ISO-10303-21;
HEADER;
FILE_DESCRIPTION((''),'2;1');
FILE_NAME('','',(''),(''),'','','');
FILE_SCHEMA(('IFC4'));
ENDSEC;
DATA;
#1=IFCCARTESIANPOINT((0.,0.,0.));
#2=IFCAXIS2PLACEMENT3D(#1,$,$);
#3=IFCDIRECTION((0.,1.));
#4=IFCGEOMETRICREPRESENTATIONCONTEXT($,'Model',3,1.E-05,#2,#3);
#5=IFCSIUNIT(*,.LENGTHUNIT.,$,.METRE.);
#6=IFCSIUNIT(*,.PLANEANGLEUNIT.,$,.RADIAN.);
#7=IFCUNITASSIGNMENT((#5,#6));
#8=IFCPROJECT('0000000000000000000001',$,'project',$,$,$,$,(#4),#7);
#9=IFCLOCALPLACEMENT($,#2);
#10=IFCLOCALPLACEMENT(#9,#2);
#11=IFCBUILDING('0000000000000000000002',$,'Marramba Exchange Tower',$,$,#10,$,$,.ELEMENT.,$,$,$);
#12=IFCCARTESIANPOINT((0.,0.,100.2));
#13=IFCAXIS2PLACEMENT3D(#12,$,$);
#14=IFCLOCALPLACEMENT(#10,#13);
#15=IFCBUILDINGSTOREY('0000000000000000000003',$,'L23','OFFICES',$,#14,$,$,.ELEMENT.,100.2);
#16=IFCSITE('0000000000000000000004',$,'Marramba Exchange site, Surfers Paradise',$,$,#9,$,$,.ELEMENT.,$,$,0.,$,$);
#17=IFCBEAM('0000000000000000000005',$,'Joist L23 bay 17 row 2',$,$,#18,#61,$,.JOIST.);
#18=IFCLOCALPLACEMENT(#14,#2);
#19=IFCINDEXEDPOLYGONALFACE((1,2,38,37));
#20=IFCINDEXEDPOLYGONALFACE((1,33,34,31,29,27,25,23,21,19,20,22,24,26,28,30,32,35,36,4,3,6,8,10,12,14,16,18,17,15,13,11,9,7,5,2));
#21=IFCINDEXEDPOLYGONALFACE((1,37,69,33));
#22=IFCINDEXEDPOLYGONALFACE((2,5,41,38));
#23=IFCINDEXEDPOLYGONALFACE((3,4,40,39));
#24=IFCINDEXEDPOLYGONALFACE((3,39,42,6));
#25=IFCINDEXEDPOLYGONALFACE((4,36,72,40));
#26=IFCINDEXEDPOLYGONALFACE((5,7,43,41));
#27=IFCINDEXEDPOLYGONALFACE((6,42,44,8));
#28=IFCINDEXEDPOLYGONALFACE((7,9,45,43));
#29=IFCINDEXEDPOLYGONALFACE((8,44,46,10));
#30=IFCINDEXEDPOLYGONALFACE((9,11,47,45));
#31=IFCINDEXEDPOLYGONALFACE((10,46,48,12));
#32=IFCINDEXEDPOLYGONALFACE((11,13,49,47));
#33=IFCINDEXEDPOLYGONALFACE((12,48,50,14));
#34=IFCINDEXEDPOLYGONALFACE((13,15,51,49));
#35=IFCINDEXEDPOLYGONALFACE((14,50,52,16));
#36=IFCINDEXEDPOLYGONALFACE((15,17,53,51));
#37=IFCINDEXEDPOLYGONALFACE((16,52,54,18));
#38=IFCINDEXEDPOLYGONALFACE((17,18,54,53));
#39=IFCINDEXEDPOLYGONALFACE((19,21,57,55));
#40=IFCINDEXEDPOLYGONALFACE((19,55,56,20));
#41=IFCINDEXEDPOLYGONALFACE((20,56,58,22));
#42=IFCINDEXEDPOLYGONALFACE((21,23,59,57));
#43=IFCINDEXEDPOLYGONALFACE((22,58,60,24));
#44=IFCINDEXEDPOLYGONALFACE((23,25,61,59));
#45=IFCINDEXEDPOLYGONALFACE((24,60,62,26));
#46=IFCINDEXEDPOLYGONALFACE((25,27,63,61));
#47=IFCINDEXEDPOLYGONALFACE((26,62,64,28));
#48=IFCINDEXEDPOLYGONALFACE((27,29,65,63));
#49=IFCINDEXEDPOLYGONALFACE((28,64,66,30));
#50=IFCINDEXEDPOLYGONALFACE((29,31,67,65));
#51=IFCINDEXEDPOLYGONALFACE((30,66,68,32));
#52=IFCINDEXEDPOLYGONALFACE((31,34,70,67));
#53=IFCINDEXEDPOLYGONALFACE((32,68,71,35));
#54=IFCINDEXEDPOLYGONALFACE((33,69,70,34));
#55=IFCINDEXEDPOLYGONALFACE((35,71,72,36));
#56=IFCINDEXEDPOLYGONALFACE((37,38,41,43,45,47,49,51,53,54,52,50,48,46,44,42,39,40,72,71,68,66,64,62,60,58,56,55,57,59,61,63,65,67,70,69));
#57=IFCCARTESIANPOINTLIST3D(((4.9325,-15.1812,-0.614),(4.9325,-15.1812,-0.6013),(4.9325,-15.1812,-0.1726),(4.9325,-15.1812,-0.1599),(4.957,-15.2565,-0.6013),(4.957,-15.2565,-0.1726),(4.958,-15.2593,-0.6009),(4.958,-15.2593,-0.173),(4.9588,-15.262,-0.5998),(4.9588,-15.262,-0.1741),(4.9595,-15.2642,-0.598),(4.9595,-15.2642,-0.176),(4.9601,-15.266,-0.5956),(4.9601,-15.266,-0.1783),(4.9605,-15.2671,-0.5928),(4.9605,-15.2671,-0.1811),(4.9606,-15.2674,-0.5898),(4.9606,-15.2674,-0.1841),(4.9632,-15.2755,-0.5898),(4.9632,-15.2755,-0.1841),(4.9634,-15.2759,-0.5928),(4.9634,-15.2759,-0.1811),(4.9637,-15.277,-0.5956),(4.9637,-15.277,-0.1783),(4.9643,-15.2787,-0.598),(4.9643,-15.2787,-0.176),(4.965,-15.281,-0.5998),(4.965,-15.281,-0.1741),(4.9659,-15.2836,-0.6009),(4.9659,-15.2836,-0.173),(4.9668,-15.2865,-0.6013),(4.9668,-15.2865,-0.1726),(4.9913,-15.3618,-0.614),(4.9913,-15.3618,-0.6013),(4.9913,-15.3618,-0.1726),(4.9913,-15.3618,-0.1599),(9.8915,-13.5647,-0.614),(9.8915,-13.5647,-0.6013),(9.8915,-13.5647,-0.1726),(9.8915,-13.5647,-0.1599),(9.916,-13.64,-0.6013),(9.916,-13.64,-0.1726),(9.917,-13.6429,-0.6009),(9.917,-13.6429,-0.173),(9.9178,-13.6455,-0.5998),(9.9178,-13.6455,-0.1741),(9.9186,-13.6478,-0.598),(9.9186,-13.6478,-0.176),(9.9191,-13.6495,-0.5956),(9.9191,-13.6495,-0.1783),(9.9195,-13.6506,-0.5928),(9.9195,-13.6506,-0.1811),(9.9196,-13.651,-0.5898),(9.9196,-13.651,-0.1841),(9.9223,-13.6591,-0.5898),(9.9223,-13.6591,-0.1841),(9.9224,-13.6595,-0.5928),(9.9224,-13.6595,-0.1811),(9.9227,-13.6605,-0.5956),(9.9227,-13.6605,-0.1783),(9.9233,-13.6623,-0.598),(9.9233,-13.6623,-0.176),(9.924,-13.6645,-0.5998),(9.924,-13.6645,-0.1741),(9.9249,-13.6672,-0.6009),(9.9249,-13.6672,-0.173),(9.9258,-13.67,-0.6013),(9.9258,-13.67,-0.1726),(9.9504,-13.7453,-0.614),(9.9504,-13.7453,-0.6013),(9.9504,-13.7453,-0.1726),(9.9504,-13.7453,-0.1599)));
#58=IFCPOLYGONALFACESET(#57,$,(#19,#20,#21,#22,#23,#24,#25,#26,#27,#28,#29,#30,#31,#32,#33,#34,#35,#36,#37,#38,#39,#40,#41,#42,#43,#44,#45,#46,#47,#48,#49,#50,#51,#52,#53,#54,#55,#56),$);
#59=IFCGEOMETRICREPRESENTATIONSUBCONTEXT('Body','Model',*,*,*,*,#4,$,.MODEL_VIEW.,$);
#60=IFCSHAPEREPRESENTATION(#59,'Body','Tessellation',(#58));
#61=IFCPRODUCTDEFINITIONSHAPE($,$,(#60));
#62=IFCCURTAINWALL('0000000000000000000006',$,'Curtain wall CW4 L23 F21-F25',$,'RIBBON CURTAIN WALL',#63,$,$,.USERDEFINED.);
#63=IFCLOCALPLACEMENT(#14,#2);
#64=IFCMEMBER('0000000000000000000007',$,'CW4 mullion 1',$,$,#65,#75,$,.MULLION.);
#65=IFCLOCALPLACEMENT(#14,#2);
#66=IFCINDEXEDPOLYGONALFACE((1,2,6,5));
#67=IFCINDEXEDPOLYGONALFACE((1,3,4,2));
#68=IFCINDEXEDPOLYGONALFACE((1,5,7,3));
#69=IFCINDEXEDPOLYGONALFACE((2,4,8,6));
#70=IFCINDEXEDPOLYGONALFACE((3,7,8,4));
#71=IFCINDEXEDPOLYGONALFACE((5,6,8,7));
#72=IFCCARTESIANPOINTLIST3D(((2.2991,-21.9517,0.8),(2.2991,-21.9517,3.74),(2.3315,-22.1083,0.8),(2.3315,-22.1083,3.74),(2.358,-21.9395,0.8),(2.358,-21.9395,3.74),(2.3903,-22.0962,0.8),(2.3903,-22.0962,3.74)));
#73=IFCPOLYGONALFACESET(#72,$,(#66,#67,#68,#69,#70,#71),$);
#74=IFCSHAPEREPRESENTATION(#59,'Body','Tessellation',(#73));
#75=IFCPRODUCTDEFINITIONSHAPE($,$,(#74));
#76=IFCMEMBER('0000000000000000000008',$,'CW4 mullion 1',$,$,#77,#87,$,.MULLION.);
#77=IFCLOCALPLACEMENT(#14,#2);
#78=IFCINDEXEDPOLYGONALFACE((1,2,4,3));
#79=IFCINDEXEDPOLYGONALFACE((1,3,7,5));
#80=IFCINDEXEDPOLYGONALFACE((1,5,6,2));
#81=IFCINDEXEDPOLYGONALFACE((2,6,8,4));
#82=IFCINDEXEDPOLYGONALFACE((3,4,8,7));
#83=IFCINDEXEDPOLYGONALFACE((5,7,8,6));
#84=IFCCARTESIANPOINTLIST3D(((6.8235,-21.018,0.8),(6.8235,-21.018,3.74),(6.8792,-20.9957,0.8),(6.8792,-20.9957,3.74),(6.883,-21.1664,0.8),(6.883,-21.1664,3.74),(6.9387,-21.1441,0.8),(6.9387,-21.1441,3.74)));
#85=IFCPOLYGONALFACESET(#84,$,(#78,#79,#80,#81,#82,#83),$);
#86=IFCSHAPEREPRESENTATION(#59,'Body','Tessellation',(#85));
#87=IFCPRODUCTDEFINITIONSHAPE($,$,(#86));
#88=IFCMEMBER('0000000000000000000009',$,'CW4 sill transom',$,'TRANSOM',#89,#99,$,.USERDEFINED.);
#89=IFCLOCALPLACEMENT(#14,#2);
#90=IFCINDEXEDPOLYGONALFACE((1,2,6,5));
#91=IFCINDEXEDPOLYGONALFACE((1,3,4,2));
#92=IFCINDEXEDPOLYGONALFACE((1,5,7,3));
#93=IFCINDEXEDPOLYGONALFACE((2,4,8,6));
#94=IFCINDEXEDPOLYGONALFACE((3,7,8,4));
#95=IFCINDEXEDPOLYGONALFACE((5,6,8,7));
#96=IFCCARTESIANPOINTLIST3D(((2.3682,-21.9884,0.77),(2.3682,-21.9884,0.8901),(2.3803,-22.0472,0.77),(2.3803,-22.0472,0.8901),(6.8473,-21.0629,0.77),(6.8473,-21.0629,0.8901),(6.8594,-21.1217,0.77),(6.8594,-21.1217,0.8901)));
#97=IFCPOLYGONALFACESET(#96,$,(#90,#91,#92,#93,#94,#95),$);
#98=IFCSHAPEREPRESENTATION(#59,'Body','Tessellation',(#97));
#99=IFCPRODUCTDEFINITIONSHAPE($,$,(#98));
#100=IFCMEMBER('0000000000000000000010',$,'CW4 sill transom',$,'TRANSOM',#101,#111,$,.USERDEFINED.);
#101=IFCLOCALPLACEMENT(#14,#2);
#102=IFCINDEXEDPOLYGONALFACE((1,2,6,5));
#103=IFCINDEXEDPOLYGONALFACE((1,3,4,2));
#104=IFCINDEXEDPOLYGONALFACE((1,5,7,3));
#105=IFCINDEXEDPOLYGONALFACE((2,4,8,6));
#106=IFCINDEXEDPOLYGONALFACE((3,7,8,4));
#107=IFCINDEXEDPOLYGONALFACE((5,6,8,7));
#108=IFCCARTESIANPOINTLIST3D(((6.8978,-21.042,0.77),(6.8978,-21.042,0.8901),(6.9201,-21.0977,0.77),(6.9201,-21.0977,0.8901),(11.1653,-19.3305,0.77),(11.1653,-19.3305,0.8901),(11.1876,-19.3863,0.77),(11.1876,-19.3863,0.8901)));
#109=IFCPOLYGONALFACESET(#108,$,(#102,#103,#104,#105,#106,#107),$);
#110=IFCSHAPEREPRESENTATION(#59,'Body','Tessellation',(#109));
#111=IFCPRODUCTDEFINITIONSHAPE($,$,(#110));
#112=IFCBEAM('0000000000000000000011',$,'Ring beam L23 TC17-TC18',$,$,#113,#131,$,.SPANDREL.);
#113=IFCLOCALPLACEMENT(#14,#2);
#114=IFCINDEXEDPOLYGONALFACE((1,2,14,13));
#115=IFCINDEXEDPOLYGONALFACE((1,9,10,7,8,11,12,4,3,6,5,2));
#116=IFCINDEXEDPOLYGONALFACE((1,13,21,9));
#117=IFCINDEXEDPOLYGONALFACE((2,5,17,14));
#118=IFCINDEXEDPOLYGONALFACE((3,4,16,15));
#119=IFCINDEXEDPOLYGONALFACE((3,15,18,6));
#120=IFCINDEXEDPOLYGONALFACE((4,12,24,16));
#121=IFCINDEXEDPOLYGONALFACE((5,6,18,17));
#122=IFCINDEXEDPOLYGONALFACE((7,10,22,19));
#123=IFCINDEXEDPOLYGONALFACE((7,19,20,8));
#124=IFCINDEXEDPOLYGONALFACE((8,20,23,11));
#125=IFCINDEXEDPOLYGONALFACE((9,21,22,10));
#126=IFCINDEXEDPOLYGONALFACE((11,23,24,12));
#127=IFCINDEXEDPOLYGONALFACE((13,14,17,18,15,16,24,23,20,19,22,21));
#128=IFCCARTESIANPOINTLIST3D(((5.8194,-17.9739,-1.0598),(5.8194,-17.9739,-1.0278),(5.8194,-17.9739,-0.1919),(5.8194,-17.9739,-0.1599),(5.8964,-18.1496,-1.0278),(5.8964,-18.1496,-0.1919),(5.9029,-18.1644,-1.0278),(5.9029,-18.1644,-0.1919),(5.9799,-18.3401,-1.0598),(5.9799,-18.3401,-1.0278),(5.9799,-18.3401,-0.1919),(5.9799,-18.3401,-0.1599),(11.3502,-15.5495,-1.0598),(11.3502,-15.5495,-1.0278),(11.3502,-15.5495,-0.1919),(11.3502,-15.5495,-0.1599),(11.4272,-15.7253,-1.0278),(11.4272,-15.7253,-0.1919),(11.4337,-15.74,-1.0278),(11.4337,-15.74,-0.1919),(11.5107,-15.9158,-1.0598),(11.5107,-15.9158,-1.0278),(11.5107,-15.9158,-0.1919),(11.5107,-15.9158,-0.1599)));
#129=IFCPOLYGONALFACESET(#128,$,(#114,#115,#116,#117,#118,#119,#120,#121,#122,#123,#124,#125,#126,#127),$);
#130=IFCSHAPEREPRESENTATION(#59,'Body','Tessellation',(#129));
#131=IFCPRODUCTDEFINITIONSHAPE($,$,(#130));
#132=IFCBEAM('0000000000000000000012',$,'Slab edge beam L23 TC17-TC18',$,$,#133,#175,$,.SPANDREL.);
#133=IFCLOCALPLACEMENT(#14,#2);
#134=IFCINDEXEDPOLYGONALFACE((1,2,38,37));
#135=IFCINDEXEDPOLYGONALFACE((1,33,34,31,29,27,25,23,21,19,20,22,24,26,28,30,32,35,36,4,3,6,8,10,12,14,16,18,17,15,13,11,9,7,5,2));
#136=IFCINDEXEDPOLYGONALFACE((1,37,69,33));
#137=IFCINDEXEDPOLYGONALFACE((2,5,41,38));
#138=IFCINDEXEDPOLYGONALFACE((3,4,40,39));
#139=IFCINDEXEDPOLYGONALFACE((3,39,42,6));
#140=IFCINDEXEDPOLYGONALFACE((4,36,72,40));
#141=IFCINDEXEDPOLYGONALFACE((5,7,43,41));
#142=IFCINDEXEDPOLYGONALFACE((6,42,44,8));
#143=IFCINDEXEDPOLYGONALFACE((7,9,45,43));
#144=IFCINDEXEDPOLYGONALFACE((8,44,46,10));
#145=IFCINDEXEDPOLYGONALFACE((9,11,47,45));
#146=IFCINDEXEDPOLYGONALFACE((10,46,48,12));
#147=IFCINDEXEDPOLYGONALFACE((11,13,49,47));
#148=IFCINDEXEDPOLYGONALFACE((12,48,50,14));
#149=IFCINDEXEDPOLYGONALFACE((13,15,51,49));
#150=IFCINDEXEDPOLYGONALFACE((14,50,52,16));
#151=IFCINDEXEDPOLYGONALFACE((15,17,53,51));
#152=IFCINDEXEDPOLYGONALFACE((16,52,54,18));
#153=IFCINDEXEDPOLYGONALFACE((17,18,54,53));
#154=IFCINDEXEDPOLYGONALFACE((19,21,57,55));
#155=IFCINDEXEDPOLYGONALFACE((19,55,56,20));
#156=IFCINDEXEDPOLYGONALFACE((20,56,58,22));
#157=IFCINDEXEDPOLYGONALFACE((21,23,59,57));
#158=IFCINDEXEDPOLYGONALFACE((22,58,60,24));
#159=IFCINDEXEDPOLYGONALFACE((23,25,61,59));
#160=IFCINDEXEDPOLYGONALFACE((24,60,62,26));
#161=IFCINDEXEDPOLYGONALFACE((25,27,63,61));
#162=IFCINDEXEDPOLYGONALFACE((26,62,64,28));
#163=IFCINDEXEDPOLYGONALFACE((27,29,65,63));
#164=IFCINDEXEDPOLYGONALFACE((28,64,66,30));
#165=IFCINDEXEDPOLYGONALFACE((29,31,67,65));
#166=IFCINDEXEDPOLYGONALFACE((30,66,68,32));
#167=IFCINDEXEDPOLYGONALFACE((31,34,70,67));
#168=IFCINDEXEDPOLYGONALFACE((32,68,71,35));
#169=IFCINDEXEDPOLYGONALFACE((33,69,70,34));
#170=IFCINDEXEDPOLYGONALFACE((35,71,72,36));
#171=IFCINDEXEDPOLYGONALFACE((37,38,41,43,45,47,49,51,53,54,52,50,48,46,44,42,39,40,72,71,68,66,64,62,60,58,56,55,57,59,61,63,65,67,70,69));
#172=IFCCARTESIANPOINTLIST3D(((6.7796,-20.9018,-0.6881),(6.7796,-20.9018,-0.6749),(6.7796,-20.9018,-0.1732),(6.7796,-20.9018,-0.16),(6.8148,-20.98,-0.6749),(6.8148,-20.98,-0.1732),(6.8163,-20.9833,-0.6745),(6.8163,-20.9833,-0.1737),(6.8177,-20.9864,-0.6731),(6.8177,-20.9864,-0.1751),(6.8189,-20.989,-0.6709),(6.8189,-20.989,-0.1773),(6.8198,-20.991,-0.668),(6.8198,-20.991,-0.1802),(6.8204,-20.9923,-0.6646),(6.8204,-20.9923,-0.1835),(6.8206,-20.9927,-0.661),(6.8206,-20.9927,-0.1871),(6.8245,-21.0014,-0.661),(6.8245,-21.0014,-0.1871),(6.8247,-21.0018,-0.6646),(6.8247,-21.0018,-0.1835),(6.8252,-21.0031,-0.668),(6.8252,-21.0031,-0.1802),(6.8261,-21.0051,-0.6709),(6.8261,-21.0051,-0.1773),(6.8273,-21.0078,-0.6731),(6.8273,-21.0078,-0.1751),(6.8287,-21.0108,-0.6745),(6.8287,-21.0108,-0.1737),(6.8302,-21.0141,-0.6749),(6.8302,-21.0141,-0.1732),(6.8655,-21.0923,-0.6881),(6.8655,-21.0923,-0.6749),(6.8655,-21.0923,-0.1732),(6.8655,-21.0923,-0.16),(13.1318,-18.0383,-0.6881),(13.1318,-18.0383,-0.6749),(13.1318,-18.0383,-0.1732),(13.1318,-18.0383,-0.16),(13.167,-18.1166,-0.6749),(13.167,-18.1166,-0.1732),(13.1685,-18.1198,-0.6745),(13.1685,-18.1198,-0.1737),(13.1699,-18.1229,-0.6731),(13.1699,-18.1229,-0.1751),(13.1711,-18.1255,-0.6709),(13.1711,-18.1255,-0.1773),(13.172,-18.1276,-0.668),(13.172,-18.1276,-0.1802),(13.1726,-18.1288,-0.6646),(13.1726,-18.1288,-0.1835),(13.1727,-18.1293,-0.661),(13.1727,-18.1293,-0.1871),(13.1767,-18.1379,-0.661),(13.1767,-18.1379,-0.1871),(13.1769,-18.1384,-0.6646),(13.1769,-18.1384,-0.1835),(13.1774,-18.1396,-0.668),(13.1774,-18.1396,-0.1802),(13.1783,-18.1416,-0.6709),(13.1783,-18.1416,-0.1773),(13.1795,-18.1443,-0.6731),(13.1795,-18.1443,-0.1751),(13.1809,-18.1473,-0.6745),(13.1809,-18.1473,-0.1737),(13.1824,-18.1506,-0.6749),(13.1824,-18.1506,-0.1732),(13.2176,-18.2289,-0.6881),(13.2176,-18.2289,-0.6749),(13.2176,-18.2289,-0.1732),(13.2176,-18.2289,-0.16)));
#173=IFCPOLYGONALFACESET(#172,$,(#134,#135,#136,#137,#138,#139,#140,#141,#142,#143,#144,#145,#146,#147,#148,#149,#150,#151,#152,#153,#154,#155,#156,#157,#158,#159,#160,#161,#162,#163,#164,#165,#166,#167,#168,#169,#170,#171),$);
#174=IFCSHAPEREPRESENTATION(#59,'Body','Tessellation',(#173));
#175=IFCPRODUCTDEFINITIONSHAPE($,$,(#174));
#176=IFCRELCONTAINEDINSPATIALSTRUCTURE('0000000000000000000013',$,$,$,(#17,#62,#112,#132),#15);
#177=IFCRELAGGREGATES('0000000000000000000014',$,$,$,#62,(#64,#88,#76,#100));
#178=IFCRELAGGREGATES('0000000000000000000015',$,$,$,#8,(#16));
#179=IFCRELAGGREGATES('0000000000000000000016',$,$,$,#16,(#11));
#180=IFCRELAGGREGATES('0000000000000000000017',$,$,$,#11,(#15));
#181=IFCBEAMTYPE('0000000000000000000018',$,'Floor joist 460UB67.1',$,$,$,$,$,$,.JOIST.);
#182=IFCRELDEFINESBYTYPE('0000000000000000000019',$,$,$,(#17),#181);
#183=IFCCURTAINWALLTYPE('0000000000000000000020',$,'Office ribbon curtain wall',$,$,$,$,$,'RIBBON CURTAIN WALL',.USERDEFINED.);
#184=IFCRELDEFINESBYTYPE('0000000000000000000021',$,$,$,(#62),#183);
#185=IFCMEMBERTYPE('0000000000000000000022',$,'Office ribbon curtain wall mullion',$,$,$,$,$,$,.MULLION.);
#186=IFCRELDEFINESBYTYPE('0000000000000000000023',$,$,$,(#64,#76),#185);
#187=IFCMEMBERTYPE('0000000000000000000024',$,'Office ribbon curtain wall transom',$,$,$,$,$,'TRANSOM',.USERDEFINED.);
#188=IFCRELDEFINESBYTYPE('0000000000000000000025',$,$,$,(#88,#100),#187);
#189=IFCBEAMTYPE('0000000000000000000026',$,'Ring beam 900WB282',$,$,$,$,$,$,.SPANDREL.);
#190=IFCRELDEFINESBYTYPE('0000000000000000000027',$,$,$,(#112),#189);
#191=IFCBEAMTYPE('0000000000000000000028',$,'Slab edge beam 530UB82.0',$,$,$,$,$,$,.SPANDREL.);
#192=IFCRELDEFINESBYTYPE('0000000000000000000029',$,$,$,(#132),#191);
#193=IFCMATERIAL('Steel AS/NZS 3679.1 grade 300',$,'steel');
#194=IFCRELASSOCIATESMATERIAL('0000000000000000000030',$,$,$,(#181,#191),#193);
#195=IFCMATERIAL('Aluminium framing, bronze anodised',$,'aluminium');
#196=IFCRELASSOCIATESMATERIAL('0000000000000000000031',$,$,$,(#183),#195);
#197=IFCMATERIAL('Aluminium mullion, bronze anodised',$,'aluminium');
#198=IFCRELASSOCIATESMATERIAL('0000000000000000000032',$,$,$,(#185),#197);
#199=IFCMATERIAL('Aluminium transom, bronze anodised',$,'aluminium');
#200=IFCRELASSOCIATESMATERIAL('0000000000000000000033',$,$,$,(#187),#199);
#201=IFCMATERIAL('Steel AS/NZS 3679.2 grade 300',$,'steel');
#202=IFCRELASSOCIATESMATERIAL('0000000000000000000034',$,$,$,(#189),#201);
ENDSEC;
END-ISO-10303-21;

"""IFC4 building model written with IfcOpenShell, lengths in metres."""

from ifc_helpers import new_model, si_unit, direction, frame, origin, origin_2d, place, context, subcontext, project, spatial, rectangle, i_section, extrude, material, material_profile, profile_set, type_object, element, aggregate, save


model = new_model("IFC4")

# Units and contexts
model_context = context("Model", 3, precision=1e-05, world=origin(), true_north=direction((0.0, 1.0)))
body_context = subcontext(model_context, "Body", "Model", "MODEL_VIEW")
ifc_project = project(units=[si_unit("LENGTHUNIT", "METRE"), si_unit("PLANEANGLEUNIT", "RADIAN")], contexts=[model_context])

# Site, building, storey
site_placement = place(None, origin())
site = spatial("IfcSite", under=ifc_project, at=site_placement, Name="Marramba Exchange site, Surfers Paradise", CompositionType="ELEMENT", RefElevation=0.0)
building_placement = place(site_placement, origin())
building = spatial("IfcBuilding", under=site, at=building_placement, Name="Marramba Exchange Tower", CompositionType="ELEMENT")
storey_placement = place(building_placement, frame((0.0, 0.0, 100.2)))
storey = spatial("IfcBuildingStorey", under=building, at=storey_placement, Name="L23", Description="OFFICES", CompositionType="ELEMENT", Elevation=100.2)

# Beam
ifc_material_1 = material(Name="Steel AS/NZS 3679.2 grade 300", Category="steel")
ifc_material_2 = material(Name="Steel AS/NZS 3679.1 grade 300", Category="steel")
ifc_material_profile_1 = material_profile(ifc_material_2, i_section(OverallWidth=0.1899, OverallDepth=0.4541, WebThickness=0.0085, FlangeThickness=0.0127, FilletRadius=0.0115, at=origin_2d()), Name="460UB67.1")
ifc_profile_set_1 = profile_set([ifc_material_profile_1], Name="Steel AS/NZS 3679.1 grade 300")
beam_type_1 = type_object("IfcBeamType", Name="Floor joist 460UB67.1", PredefinedType="JOIST", material=ifc_profile_set_1)
beam_1_placement = place(storey_placement, frame((4.9619, -15.2715, -0.387), z_axis=(0.950764, 0.309916, 0.0), x_axis=(-0.309916, 0.950764, 0.0)))
element("IfcBeam", 1, at=beam_1_placement, inside=storey, type_object=beam_type_1, Name="Joist L23 bay 17 row 2", PredefinedType="JOIST", context=body_context, shape_type="SweptSolid", body=[
    extrude(i_section(OverallWidth=0.1899, OverallDepth=0.4541, WebThickness=0.0085, FlangeThickness=0.0127, FilletRadius=0.0115, at=origin_2d()), origin(), (0.0, 0.0, 1.0), 5.2158),
])

# Curtain wall, members
ifc_material_3 = material(Name="Aluminium framing, bronze anodised", Category="aluminium")
curtain_wall_type = type_object("IfcCurtainWallType", Name="Office ribbon curtain wall", ElementType="RIBBON CURTAIN WALL", PredefinedType="USERDEFINED", material=ifc_material_3)
curtain_wall_placement = place(storey_placement, origin())
curtain_wall = element("IfcCurtainWall", 2, at=curtain_wall_placement, inside=storey, type_object=curtain_wall_type, Name="Curtain wall CW4 L23 F21-F25", ObjectType="RIBBON CURTAIN WALL", PredefinedType="USERDEFINED")
ifc_material_4 = material(Name="Aluminium mullion, bronze anodised", Category="aluminium")
ifc_material_profile_2 = material_profile(ifc_material_4, rectangle(XDim=0.1599, YDim=0.0601, at=origin_2d()), Name="CW4 mullion 60x160")
ifc_profile_set_2 = profile_set([ifc_material_profile_2], Name="Aluminium mullion, bronze anodised")
member_type_1 = type_object("IfcMemberType", Name="Office ribbon curtain wall mullion", PredefinedType="MULLION", material=ifc_profile_set_2)
member_1_placement = place(storey_placement, frame((2.3447, -22.0239, 0.8), z_axis=(0.0, 0.0, 1.0), x_axis=(-0.202365, 0.97931, 0.0)))
member_1 = element("IfcMember", 3, at=member_1_placement, type_object=member_type_1, Name="CW4 mullion 1", PredefinedType="MULLION", context=body_context, shape_type="SweptSolid", body=[
    extrude(rectangle(XDim=0.1599, YDim=0.0601, at=origin_2d()), origin(), (0.0, 0.0, 1.0), 2.9399),
])
member_2_placement = place(storey_placement, frame((6.8811, -21.0811, 0.8), z_axis=(0.0, 0.0, 1.0), x_axis=(-0.372209, 0.928149, 0.0)))
member_2 = element("IfcMember", 4, at=member_2_placement, type_object=member_type_1, Name="CW4 mullion 1", PredefinedType="MULLION", context=body_context, shape_type="SweptSolid", body=[
    extrude(rectangle(XDim=0.1599, YDim=0.0601, at=origin_2d()), origin(), (0.0, 0.0, 1.0), 2.9399),
])
ifc_material_5 = material(Name="Aluminium transom, bronze anodised", Category="aluminium")
ifc_material_profile_3 = material_profile(ifc_material_5, rectangle(XDim=0.0601, YDim=0.1201, at=origin_2d()), Name="CW4 transom 60x120")
ifc_profile_set_3 = profile_set([ifc_material_profile_3], Name="Aluminium transom, bronze anodised")
member_type_2 = type_object("IfcMemberType", Name="Office ribbon curtain wall transom", ElementType="TRANSOM", PredefinedType="USERDEFINED", material=ifc_profile_set_3)
member_3_placement = place(storey_placement, frame((2.3743, -22.0178, 0.8301), z_axis=(0.97931, 0.202364, 0.0), x_axis=(-0.202364, 0.97931, 0.0)))
member_3 = element("IfcMember", 5, at=member_3_placement, type_object=member_type_2, Name="CW4 sill transom", ObjectType="TRANSOM", PredefinedType="USERDEFINED", context=body_context, shape_type="SweptSolid", body=[
    extrude(rectangle(XDim=0.0601, YDim=0.1201, at=origin_2d()), origin(), (0.0, 0.0, 1.0), 4.5737),
])
member_4_placement = place(storey_placement, frame((6.9089, -21.0698, 0.8301), z_axis=(0.928147, 0.372214, 0.0), x_axis=(-0.372214, 0.928147, 0.0)))
member_4 = element("IfcMember", 6, at=member_4_placement, type_object=member_type_2, Name="CW4 sill transom", ObjectType="TRANSOM", PredefinedType="USERDEFINED", context=body_context, shape_type="SweptSolid", body=[
    extrude(rectangle(XDim=0.0601, YDim=0.1201, at=origin_2d()), origin(), (0.0, 0.0, 1.0), 4.5979),
])

# Beams
ifc_material_profile_4 = material_profile(ifc_material_1, i_section(OverallWidth=0.3999, OverallDepth=0.8999, WebThickness=0.0161, FlangeThickness=0.032, at=origin_2d()), Name="900WB282")
ifc_profile_set_4 = profile_set([ifc_material_profile_4], Name="Steel AS/NZS 3679.2 grade 300")
beam_type_2 = type_object("IfcBeamType", Name="Ring beam 900WB282", PredefinedType="SPANDREL", material=ifc_profile_set_4)
beam_2_placement = place(storey_placement, frame((5.8997, -18.157, -0.6099), z_axis=(0.915877, 0.401459, 0.0), x_axis=(-0.401459, 0.915877, 0.0)))
element("IfcBeam", 7, at=beam_2_placement, inside=storey, type_object=beam_type_2, Name="Ring beam L23 TC17-TC18", PredefinedType="SPANDREL", context=body_context, shape_type="SweptSolid", body=[
    extrude(i_section(OverallWidth=0.3999, OverallDepth=0.8999, WebThickness=0.0161, FlangeThickness=0.032, at=origin_2d()), origin(), (0.0, 0.0, 1.0), 6.0388),
])
ifc_material_profile_5 = material_profile(ifc_material_2, i_section(OverallWidth=0.209, OverallDepth=0.5281, WebThickness=0.0095, FlangeThickness=0.0132, FilletRadius=0.0139, at=origin_2d()), Name="530UB82.0")
ifc_profile_set_5 = profile_set([ifc_material_profile_5], Name="Steel AS/NZS 3679.1 grade 300")
beam_type_3 = type_object("IfcBeamType", Name="Slab edge beam 530UB82.0", PredefinedType="SPANDREL", material=ifc_profile_set_5)
beam_3_placement = place(storey_placement, frame((6.8225, -20.9971, -0.4241), z_axis=(0.911653, 0.41096, 0.0), x_axis=(-0.41096, 0.911653, 0.0)))
element("IfcBeam", 8, at=beam_3_placement, inside=storey, type_object=beam_type_3, Name="Slab edge beam L23 TC17-TC18", PredefinedType="SPANDREL", context=body_context, shape_type="SweptSolid", body=[
    extrude(i_section(OverallWidth=0.209, OverallDepth=0.5281, WebThickness=0.0095, FlangeThickness=0.0132, FilletRadius=0.0139, at=origin_2d()), origin(), (0.0, 0.0, 1.0), 6.9678),
])

aggregate(curtain_wall, [member_1, member_3, member_2, member_4])

save(model, "model.ifc")
